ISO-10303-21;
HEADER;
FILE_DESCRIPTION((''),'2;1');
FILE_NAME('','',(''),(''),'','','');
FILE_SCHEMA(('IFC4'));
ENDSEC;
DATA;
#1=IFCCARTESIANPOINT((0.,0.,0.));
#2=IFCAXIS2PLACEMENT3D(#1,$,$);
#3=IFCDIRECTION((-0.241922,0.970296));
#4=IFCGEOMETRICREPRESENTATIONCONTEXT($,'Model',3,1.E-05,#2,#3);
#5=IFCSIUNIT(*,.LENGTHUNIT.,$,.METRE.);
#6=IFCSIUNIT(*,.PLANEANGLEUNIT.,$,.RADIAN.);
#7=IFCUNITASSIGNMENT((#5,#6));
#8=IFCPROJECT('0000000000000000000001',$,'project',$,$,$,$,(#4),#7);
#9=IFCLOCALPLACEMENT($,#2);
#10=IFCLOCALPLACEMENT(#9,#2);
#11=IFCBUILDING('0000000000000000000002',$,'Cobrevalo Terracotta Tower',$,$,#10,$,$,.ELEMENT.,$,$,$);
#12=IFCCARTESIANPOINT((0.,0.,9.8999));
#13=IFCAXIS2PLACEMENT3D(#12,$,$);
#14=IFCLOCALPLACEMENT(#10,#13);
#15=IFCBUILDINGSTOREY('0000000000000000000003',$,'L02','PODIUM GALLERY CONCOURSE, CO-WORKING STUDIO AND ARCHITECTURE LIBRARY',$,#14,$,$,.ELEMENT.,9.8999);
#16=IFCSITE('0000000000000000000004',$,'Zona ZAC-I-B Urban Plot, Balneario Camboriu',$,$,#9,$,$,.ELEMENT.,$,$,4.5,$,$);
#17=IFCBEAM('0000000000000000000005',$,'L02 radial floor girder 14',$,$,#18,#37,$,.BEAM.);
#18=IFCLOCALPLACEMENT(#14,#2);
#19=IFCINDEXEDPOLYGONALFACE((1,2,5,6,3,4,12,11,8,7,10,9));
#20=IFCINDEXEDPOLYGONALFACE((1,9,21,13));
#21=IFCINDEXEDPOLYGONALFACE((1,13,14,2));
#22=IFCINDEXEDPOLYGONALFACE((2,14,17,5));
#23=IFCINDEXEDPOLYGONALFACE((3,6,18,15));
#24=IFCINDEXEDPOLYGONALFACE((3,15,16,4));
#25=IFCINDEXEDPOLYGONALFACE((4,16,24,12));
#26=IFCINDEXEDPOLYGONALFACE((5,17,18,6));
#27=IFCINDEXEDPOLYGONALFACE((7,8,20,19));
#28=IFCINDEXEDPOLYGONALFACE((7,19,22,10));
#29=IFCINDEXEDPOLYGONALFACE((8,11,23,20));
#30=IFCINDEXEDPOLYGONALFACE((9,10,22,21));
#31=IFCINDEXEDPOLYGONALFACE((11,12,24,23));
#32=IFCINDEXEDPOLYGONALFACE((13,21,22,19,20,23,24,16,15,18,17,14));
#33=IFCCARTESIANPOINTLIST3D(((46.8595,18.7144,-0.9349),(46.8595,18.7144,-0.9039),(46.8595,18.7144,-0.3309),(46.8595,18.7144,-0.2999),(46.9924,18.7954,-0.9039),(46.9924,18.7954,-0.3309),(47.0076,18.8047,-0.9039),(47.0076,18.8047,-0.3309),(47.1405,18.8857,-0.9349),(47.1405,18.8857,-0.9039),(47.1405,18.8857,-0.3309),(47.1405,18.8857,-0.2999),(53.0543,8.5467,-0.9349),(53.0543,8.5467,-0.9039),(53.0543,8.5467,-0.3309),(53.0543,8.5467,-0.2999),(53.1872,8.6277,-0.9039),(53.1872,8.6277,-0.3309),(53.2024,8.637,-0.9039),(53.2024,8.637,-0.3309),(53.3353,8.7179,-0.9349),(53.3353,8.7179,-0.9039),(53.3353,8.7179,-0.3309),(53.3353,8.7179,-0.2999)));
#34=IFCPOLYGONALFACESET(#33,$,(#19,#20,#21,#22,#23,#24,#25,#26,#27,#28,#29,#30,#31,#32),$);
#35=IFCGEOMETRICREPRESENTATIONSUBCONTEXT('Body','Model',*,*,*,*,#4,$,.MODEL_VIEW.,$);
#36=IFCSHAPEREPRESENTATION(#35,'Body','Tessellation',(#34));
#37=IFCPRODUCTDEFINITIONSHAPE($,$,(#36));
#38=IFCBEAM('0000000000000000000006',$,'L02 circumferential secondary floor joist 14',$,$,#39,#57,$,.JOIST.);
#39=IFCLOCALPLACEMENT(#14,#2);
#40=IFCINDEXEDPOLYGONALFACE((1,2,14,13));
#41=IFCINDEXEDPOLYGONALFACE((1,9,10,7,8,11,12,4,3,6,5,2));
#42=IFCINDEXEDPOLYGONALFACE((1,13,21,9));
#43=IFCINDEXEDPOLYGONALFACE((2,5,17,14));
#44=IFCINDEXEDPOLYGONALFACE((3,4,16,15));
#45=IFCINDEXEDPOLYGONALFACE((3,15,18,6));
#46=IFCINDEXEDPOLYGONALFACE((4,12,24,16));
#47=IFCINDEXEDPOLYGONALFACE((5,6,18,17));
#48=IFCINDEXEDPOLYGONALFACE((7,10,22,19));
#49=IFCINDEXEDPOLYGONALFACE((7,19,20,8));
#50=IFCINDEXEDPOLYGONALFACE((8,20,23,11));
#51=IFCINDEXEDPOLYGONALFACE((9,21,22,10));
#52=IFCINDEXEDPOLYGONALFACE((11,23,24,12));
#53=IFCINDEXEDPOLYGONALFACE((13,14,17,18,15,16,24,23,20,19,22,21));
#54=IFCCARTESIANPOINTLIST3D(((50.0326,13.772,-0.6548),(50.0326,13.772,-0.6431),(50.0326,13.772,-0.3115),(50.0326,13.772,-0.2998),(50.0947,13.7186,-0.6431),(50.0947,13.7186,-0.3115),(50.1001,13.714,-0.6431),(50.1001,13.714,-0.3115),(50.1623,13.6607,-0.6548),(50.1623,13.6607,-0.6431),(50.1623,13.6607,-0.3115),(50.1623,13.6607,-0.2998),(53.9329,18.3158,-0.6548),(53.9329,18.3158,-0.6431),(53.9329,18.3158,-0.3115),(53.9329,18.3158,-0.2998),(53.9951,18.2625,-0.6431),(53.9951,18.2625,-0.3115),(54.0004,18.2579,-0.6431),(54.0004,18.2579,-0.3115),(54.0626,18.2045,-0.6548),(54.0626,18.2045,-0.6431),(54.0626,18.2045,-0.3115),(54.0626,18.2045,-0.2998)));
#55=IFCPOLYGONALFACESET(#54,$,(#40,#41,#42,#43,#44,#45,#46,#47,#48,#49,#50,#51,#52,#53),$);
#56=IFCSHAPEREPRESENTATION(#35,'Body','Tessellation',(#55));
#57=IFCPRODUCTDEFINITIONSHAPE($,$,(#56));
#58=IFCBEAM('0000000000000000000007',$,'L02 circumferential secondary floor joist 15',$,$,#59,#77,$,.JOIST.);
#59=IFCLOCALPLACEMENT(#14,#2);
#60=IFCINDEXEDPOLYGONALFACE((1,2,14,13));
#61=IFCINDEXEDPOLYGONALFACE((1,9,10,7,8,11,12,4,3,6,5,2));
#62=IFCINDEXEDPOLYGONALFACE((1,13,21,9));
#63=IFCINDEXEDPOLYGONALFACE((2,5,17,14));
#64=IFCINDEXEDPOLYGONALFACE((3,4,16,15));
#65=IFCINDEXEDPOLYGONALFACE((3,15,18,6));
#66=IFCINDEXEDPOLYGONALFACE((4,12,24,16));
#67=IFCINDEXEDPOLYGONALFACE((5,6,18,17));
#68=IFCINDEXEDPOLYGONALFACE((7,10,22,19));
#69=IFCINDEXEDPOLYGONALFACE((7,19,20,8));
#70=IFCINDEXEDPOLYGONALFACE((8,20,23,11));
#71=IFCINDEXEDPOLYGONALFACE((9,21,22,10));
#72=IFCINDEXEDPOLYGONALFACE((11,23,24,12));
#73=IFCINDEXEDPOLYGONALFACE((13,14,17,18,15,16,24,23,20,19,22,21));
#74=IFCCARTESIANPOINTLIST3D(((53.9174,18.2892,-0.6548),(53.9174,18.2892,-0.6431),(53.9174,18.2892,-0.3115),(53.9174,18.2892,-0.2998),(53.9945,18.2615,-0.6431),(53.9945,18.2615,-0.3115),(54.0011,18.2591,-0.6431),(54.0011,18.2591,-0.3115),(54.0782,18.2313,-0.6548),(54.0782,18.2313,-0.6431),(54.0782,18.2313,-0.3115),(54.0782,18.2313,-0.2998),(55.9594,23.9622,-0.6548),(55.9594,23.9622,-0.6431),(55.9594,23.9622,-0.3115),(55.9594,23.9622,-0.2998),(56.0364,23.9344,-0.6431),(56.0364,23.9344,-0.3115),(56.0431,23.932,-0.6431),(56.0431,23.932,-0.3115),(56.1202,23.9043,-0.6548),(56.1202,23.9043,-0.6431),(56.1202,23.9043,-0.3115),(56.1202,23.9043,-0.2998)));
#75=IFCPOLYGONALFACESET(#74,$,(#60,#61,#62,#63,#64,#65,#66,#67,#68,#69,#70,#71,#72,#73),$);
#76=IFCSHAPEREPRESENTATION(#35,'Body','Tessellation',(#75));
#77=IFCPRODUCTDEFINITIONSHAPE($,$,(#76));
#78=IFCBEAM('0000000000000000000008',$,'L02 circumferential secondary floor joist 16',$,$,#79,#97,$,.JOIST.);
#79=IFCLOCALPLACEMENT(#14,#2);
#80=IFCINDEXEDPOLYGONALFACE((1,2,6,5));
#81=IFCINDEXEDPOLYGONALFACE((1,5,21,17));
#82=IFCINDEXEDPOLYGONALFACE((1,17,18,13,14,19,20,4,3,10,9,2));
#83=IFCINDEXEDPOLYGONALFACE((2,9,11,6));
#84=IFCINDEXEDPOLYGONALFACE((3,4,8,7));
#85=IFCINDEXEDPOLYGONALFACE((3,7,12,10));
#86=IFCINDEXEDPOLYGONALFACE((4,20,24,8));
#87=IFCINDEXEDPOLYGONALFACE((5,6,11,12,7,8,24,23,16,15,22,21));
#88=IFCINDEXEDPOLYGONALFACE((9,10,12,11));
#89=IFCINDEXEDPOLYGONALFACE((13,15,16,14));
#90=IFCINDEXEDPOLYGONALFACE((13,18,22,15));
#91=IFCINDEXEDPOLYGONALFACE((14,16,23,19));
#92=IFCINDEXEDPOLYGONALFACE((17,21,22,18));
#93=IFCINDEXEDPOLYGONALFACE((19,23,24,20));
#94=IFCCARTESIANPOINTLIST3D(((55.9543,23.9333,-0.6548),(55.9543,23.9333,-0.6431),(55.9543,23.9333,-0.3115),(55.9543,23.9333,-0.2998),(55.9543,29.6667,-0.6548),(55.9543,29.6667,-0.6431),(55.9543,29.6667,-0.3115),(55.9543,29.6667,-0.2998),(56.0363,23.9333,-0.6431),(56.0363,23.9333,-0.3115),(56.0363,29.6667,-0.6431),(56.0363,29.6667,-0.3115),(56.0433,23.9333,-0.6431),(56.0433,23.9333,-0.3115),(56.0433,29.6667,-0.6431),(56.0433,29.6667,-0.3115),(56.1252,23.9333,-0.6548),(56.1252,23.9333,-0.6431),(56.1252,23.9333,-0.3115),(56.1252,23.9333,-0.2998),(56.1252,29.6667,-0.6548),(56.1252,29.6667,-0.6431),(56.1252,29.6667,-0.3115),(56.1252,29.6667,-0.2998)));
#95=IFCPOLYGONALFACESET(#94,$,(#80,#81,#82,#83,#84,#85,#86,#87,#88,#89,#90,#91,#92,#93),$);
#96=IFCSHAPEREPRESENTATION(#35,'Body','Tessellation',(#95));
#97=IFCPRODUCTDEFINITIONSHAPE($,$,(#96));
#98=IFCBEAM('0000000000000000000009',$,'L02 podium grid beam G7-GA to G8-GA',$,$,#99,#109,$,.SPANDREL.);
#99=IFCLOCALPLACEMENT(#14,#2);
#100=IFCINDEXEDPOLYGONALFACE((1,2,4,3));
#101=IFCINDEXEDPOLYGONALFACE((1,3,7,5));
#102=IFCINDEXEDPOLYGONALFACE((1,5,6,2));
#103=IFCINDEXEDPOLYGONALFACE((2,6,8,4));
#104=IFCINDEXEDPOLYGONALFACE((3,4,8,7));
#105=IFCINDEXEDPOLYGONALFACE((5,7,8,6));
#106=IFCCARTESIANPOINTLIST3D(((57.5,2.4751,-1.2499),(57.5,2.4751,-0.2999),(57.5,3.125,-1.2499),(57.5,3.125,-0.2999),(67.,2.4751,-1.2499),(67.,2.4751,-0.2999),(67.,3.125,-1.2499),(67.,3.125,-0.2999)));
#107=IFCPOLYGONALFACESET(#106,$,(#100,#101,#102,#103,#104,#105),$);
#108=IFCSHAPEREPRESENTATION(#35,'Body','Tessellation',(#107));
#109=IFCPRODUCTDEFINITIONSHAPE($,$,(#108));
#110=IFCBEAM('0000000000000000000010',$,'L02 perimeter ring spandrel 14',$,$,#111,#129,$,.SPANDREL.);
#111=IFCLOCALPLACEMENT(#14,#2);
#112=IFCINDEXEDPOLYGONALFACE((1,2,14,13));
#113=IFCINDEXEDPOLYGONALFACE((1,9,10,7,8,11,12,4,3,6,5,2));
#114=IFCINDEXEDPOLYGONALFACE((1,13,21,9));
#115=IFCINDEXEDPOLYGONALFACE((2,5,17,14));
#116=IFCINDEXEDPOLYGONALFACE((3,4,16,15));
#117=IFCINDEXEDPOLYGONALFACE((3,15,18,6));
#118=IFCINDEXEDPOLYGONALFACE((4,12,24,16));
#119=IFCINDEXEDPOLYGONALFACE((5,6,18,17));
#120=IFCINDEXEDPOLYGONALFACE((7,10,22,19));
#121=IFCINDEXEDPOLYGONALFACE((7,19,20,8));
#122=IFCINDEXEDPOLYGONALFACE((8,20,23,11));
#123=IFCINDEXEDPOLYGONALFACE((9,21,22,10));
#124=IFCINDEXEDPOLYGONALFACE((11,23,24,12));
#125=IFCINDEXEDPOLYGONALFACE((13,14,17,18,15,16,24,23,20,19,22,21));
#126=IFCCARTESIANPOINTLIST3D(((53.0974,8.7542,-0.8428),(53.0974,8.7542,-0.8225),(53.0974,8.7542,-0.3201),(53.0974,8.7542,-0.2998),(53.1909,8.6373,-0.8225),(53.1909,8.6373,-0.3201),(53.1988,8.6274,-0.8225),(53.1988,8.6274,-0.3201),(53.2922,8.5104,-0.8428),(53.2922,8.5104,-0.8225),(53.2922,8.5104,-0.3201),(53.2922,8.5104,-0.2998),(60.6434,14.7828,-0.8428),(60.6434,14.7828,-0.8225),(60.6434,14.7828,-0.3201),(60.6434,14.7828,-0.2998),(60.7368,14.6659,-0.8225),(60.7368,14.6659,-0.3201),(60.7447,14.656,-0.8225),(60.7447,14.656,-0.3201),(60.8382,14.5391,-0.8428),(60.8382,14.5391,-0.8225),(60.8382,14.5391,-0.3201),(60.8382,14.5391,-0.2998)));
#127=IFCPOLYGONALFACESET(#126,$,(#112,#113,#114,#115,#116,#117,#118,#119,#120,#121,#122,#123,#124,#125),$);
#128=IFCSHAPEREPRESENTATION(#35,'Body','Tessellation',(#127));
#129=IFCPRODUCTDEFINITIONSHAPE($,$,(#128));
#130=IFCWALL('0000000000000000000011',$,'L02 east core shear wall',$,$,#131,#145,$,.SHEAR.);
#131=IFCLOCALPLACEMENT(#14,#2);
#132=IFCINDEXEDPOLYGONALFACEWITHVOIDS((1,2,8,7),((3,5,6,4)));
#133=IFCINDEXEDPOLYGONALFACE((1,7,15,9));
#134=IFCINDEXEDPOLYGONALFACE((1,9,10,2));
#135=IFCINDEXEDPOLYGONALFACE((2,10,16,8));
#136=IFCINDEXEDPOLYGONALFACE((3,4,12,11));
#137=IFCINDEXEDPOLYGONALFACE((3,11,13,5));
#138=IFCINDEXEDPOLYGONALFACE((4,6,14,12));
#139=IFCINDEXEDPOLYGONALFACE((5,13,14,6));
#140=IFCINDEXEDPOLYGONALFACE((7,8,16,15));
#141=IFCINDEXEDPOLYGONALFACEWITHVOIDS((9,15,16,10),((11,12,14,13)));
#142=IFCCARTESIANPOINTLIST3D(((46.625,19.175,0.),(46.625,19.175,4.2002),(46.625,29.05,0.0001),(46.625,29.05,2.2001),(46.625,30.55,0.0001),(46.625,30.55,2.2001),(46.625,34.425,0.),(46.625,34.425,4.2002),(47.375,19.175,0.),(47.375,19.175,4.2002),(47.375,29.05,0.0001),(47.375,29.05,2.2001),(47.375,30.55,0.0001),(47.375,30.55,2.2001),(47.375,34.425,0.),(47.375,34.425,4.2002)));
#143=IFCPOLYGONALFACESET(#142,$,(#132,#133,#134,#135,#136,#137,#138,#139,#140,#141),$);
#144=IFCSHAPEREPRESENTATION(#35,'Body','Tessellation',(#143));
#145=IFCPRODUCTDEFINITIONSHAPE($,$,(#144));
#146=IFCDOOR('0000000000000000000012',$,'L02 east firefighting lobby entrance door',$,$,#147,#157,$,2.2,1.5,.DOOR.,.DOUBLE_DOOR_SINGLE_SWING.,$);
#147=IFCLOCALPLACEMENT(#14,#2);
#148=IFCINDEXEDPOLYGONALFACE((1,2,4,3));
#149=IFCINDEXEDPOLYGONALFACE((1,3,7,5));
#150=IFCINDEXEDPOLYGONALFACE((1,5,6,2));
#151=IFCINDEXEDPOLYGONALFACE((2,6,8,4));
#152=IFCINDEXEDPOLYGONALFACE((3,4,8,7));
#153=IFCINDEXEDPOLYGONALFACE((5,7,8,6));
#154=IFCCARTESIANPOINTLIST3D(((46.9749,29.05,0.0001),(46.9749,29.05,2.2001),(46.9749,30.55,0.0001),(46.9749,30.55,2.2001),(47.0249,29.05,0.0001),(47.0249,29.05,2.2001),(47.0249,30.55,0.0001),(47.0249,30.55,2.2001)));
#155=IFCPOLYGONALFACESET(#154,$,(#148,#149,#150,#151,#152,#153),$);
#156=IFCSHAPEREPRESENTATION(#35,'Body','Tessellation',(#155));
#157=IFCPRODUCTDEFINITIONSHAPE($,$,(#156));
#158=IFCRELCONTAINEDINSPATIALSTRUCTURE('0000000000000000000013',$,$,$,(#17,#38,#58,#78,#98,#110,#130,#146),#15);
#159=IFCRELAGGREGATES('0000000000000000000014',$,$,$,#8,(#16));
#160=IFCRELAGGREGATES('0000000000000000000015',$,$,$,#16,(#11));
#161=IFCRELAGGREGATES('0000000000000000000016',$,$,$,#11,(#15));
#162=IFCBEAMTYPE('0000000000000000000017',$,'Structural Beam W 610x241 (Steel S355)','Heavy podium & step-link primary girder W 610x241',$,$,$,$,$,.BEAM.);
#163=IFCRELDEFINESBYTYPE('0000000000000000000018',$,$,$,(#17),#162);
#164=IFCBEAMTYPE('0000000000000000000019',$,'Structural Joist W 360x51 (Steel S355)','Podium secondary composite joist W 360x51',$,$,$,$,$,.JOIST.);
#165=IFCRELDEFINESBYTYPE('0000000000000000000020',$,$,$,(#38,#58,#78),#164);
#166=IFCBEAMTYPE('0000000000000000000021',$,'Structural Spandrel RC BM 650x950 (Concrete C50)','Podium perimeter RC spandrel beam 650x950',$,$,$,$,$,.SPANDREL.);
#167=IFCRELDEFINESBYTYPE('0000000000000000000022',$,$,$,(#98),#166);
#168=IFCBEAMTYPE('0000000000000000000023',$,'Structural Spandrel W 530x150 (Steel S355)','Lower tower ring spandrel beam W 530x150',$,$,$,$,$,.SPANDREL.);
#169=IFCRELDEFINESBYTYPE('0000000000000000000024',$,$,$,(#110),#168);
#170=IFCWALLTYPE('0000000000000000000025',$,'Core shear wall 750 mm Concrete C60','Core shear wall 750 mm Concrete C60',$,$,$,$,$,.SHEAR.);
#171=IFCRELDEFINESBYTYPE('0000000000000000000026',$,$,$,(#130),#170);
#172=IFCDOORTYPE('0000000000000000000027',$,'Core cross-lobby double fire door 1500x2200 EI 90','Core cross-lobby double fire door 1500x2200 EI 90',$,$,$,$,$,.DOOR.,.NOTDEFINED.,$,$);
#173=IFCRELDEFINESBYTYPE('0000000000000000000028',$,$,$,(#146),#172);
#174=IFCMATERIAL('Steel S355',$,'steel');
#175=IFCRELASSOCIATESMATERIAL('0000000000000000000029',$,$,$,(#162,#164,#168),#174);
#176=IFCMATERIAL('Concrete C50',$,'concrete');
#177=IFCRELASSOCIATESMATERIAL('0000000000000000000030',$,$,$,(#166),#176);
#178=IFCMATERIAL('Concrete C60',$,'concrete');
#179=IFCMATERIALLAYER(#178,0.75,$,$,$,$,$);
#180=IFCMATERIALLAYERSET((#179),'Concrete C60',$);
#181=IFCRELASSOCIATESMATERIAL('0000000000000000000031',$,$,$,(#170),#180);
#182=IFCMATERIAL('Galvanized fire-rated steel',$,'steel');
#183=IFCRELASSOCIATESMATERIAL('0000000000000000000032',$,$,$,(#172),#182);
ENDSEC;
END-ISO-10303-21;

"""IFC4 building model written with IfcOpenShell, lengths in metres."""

from ifc_helpers import new_model, si_unit, direction, frame, frame_2d, origin, origin_2d, place, context, subcontext, project, spatial, rectangle, i_section, extrude, source, transform, mapped, material, layer, layer_set, material_profile, profile_set, type_object, element, fill, save


model = new_model("IFC4")

# Units and contexts
model_context = context("Model", 3, precision=1e-05, world=origin(), true_north=direction((-0.241922, 0.970296)))
body_context = subcontext(model_context, "Body", "Model", "MODEL_VIEW")
ifc_project = project(units=[si_unit("LENGTHUNIT", "METRE"), si_unit("PLANEANGLEUNIT", "RADIAN")], contexts=[model_context])

# Site, building, storey
site_placement = place(None, origin())
site = spatial("IfcSite", under=ifc_project, at=site_placement, Name="Zona ZAC-I-B Urban Plot, Balneario Camboriu", CompositionType="ELEMENT", RefElevation=4.5)
building_placement = place(site_placement, origin())
building = spatial("IfcBuilding", under=site, at=building_placement, Name="Cobrevalo Terracotta Tower", CompositionType="ELEMENT")
storey_placement = place(building_placement, frame((0.0, 0.0, 9.8999)))
storey = spatial("IfcBuildingStorey", under=building, at=storey_placement, Name="L02", Description="PODIUM GALLERY CONCOURSE, CO-WORKING STUDIO AND ARCHITECTURE LIBRARY", CompositionType="ELEMENT", Elevation=9.8999)

# Shared definitions
ifc_material_1 = material(Name="Steel S355", Category="steel")
ifc_material_2 = material(Name="Concrete C60", Category="concrete")
ifc_material_3 = material(Name="Concrete C50", Category="concrete")

# Beams
ifc_material_profile_1 = material_profile(ifc_material_1, i_section(OverallWidth=0.3291, OverallDepth=0.635, WebThickness=0.0178, FlangeThickness=0.031, at=origin_2d()), Name="W 610x241")
ifc_profile_set_1 = profile_set([ifc_material_profile_1], Name="Steel S355")
beam_type_1 = type_object("IfcBeamType", Name="Structural Beam W 610x241 (Steel S355)", Description="Heavy podium & step-link primary girder W 610x241", PredefinedType="BEAM", material=ifc_profile_set_1)
beam_1_placement = place(storey_placement, frame((53.1948, 8.6323, -0.6174), z_axis=(-0.520301, 0.853983, 0.0), x_axis=(-0.853983, -0.520301, 0.0)))
element("IfcBeam", 1, at=beam_1_placement, inside=storey, type_object=beam_type_1, Name="L02 radial floor girder 14", PredefinedType="BEAM", context=body_context, shape_type="SweptSolid", body=[
    extrude(i_section(OverallWidth=0.3291, OverallDepth=0.635, WebThickness=0.0178, FlangeThickness=0.031, at=origin_2d()), origin(), (0.0, 0.0, 1.0), 11.9062),
])
ifc_material_profile_2 = material_profile(ifc_material_1, i_section(OverallWidth=0.1709, OverallDepth=0.355, WebThickness=0.0071, FlangeThickness=0.0117, at=origin_2d()), Name="W 360x51")
ifc_profile_set_2 = profile_set([ifc_material_profile_2], Name="Steel S355")
beam_type_2 = type_object("IfcBeamType", Name="Structural Joist W 360x51 (Steel S355)", Description="Podium secondary composite joist W 360x51", PredefinedType="JOIST", material=ifc_profile_set_2)
beam_2_placement = place(storey_placement, frame((50.0974, 13.7163, -0.4773), z_axis=(0.651328, 0.758796, 0.0), x_axis=(-0.758796, 0.651328, 0.0)))
element("IfcBeam", 2, at=beam_2_placement, inside=storey, type_object=beam_type_2, Name="L02 circumferential secondary floor joist 14", PredefinedType="JOIST", context=body_context, shape_type="SweptSolid", body=[
    extrude(i_section(OverallWidth=0.1709, OverallDepth=0.355, WebThickness=0.0071, FlangeThickness=0.0117, at=origin_2d()), origin(), (0.0, 0.0, 1.0), 5.9883),
])
beam_3_placement = place(storey_placement, frame((53.9978, 18.2603, -0.4773), z_axis=(0.338672, 0.940904, 0.0), x_axis=(-0.940904, 0.338672, 0.0)))
element("IfcBeam", 3, at=beam_3_placement, inside=storey, type_object=beam_type_2, Name="L02 circumferential secondary floor joist 15", PredefinedType="JOIST", context=body_context, shape_type="SweptSolid", body=[
    extrude(i_section(OverallWidth=0.1709, OverallDepth=0.355, WebThickness=0.0071, FlangeThickness=0.0117, at=origin_2d()), origin(), (0.0, 0.0, 1.0), 6.0293),
])
beam_4_placement = place(storey_placement, frame((56.0398, 23.9333, -0.4773), z_axis=(0.0, 1.0, 0.0), x_axis=(-1.0, 0.0, 0.0)))
element("IfcBeam", 4, at=beam_4_placement, inside=storey, type_object=beam_type_2, Name="L02 circumferential secondary floor joist 16", PredefinedType="JOIST", context=body_context, shape_type="SweptSolid", body=[
    extrude(i_section(OverallWidth=0.1709, OverallDepth=0.355, WebThickness=0.0071, FlangeThickness=0.0117, at=origin_2d()), origin(), (0.0, 0.0, 1.0), 5.7334),
])
ifc_material_profile_3 = material_profile(ifc_material_3, rectangle(XDim=0.6499, YDim=0.95, at=origin_2d()), Name="RC BM 650x950")
ifc_profile_set_3 = profile_set([ifc_material_profile_3], Name="Concrete C50")
beam_type_3 = type_object("IfcBeamType", Name="Structural Spandrel RC BM 650x950 (Concrete C50)", Description="Podium perimeter RC spandrel beam 650x950", PredefinedType="SPANDREL", material=ifc_profile_set_3)
beam_5_placement = place(storey_placement, frame((57.5, 2.8, -0.7749), z_axis=(1.0, 0.0, 0.0), x_axis=(0.0, 1.0, 0.0)))
element("IfcBeam", 5, at=beam_5_placement, inside=storey, type_object=beam_type_3, Name="L02 podium grid beam G7-GA to G8-GA", PredefinedType="SPANDREL", context=body_context, shape_type="SweptSolid", body=[
    extrude(rectangle(XDim=0.6499, YDim=0.95, at=origin_2d()), origin(), (0.0, 0.0, 1.0), 9.5),
])
ifc_material_profile_4 = material_profile(ifc_material_1, i_section(OverallWidth=0.312, OverallDepth=0.543, WebThickness=0.0127, FlangeThickness=0.0203, at=origin_2d()), Name="W 530x150")
ifc_profile_set_4 = profile_set([ifc_material_profile_4], Name="Steel S355")
beam_type_4 = type_object("IfcBeamType", Name="Structural Spandrel W 530x150 (Steel S355)", Description="Lower tower ring spandrel beam W 530x150", PredefinedType="SPANDREL", material=ifc_profile_set_4)
beam_6_placement = place(storey_placement, frame((53.1948, 8.6323, -0.5713), z_axis=(0.78128, 0.62418, 0.0), x_axis=(-0.62418, 0.78128, 0.0)))
element("IfcBeam", 6, at=beam_6_placement, inside=storey, type_object=beam_type_4, Name="L02 perimeter ring spandrel 14", PredefinedType="SPANDREL", context=body_context, shape_type="SweptSolid", body=[
    extrude(i_section(OverallWidth=0.312, OverallDepth=0.543, WebThickness=0.0127, FlangeThickness=0.0203, at=origin_2d()), origin(), (0.0, 0.0, 1.0), 9.6584),
])

# Wall, opening, door
ifc_layer_1 = layer(ifc_material_2, 0.75)
ifc_layer_set_1 = layer_set([ifc_layer_1], Name="Concrete C60")
wall_type_1 = type_object("IfcWallType", Name="Core shear wall 750 mm Concrete C60", Description="Core shear wall 750 mm Concrete C60", PredefinedType="SHEAR", material=ifc_layer_set_1)
wall_1_placement = place(storey_placement, frame((47.0, 19.175, 0.0), z_axis=(0.0, 0.0, 1.0), x_axis=(0.0, 1.0, 0.0)))
wall_1 = element("IfcWall", 7, at=wall_1_placement, inside=storey, type_object=wall_type_1, Name="L02 east core shear wall", PredefinedType="SHEAR", context=body_context, shape_type="SweptSolid", body=[
    extrude(rectangle(XDim=15.25, YDim=0.75, at=frame_2d((7.625, 0.0))), origin(), (0.0, 0.0, 1.0), 4.2002),
])
opening_1_placement = place(wall_1_placement, frame((9.875, 0.0, 0.0)))
opening_1 = element("IfcOpeningElement", 8, at=opening_1_placement, cuts=wall_1, PredefinedType="OPENING", context=body_context, shape_type="SweptSolid", body=[
    extrude(rectangle(XDim=1.5, YDim=2.2, at=frame_2d((0.75, 1.1001))), frame((0.0, 0.385, 0.0), z_axis=(0.0, -1.0, 0.0), x_axis=(1.0, 0.0, 0.0)), (0.0, 0.0, 1.0), 0.77),
])
ifc_material_4 = material(Name="Galvanized fire-rated steel", Category="steel")
door_type_1 = type_object("IfcDoorType", Name="Core cross-lobby double fire door 1500x2200 EI 90", Description="Core cross-lobby double fire door 1500x2200 EI 90", OperationType="NOTDEFINED", PredefinedType="DOOR", material=ifc_material_4)
shared_shape_1 = source(origin(), body_context, "Body", "SweptSolid", [
    extrude(rectangle(XDim=1.5, YDim=2.2, at=frame_2d((0.75, 1.1001))), frame((0.0, 0.0249, 0.0), z_axis=(0.0, -1.0, 0.0), x_axis=(1.0, 0.0, 0.0)), (0.0, 0.0, 1.0), 0.05),
])
door_1_placement = place(opening_1_placement, frame((1.5, 0.0, 0.0), z_axis=(0.0, 0.0, 1.0), x_axis=(-1.0, 0.0, 0.0)))
door_1 = element("IfcDoor", 9, at=door_1_placement, inside=storey, type_object=door_type_1, Name="L02 east firefighting lobby entrance door", OperationType="DOUBLE_DOOR_SINGLE_SWING", OverallHeight=2.2, OverallWidth=1.5, PredefinedType="DOOR", context=body_context, shape_type="MappedRepresentation", body=[
    mapped(shared_shape_1, transform((0.0, 0.0, 0.0), scale=1.0)),
])
fill(opening_1, door_1)

save(model, "model.ifc")
